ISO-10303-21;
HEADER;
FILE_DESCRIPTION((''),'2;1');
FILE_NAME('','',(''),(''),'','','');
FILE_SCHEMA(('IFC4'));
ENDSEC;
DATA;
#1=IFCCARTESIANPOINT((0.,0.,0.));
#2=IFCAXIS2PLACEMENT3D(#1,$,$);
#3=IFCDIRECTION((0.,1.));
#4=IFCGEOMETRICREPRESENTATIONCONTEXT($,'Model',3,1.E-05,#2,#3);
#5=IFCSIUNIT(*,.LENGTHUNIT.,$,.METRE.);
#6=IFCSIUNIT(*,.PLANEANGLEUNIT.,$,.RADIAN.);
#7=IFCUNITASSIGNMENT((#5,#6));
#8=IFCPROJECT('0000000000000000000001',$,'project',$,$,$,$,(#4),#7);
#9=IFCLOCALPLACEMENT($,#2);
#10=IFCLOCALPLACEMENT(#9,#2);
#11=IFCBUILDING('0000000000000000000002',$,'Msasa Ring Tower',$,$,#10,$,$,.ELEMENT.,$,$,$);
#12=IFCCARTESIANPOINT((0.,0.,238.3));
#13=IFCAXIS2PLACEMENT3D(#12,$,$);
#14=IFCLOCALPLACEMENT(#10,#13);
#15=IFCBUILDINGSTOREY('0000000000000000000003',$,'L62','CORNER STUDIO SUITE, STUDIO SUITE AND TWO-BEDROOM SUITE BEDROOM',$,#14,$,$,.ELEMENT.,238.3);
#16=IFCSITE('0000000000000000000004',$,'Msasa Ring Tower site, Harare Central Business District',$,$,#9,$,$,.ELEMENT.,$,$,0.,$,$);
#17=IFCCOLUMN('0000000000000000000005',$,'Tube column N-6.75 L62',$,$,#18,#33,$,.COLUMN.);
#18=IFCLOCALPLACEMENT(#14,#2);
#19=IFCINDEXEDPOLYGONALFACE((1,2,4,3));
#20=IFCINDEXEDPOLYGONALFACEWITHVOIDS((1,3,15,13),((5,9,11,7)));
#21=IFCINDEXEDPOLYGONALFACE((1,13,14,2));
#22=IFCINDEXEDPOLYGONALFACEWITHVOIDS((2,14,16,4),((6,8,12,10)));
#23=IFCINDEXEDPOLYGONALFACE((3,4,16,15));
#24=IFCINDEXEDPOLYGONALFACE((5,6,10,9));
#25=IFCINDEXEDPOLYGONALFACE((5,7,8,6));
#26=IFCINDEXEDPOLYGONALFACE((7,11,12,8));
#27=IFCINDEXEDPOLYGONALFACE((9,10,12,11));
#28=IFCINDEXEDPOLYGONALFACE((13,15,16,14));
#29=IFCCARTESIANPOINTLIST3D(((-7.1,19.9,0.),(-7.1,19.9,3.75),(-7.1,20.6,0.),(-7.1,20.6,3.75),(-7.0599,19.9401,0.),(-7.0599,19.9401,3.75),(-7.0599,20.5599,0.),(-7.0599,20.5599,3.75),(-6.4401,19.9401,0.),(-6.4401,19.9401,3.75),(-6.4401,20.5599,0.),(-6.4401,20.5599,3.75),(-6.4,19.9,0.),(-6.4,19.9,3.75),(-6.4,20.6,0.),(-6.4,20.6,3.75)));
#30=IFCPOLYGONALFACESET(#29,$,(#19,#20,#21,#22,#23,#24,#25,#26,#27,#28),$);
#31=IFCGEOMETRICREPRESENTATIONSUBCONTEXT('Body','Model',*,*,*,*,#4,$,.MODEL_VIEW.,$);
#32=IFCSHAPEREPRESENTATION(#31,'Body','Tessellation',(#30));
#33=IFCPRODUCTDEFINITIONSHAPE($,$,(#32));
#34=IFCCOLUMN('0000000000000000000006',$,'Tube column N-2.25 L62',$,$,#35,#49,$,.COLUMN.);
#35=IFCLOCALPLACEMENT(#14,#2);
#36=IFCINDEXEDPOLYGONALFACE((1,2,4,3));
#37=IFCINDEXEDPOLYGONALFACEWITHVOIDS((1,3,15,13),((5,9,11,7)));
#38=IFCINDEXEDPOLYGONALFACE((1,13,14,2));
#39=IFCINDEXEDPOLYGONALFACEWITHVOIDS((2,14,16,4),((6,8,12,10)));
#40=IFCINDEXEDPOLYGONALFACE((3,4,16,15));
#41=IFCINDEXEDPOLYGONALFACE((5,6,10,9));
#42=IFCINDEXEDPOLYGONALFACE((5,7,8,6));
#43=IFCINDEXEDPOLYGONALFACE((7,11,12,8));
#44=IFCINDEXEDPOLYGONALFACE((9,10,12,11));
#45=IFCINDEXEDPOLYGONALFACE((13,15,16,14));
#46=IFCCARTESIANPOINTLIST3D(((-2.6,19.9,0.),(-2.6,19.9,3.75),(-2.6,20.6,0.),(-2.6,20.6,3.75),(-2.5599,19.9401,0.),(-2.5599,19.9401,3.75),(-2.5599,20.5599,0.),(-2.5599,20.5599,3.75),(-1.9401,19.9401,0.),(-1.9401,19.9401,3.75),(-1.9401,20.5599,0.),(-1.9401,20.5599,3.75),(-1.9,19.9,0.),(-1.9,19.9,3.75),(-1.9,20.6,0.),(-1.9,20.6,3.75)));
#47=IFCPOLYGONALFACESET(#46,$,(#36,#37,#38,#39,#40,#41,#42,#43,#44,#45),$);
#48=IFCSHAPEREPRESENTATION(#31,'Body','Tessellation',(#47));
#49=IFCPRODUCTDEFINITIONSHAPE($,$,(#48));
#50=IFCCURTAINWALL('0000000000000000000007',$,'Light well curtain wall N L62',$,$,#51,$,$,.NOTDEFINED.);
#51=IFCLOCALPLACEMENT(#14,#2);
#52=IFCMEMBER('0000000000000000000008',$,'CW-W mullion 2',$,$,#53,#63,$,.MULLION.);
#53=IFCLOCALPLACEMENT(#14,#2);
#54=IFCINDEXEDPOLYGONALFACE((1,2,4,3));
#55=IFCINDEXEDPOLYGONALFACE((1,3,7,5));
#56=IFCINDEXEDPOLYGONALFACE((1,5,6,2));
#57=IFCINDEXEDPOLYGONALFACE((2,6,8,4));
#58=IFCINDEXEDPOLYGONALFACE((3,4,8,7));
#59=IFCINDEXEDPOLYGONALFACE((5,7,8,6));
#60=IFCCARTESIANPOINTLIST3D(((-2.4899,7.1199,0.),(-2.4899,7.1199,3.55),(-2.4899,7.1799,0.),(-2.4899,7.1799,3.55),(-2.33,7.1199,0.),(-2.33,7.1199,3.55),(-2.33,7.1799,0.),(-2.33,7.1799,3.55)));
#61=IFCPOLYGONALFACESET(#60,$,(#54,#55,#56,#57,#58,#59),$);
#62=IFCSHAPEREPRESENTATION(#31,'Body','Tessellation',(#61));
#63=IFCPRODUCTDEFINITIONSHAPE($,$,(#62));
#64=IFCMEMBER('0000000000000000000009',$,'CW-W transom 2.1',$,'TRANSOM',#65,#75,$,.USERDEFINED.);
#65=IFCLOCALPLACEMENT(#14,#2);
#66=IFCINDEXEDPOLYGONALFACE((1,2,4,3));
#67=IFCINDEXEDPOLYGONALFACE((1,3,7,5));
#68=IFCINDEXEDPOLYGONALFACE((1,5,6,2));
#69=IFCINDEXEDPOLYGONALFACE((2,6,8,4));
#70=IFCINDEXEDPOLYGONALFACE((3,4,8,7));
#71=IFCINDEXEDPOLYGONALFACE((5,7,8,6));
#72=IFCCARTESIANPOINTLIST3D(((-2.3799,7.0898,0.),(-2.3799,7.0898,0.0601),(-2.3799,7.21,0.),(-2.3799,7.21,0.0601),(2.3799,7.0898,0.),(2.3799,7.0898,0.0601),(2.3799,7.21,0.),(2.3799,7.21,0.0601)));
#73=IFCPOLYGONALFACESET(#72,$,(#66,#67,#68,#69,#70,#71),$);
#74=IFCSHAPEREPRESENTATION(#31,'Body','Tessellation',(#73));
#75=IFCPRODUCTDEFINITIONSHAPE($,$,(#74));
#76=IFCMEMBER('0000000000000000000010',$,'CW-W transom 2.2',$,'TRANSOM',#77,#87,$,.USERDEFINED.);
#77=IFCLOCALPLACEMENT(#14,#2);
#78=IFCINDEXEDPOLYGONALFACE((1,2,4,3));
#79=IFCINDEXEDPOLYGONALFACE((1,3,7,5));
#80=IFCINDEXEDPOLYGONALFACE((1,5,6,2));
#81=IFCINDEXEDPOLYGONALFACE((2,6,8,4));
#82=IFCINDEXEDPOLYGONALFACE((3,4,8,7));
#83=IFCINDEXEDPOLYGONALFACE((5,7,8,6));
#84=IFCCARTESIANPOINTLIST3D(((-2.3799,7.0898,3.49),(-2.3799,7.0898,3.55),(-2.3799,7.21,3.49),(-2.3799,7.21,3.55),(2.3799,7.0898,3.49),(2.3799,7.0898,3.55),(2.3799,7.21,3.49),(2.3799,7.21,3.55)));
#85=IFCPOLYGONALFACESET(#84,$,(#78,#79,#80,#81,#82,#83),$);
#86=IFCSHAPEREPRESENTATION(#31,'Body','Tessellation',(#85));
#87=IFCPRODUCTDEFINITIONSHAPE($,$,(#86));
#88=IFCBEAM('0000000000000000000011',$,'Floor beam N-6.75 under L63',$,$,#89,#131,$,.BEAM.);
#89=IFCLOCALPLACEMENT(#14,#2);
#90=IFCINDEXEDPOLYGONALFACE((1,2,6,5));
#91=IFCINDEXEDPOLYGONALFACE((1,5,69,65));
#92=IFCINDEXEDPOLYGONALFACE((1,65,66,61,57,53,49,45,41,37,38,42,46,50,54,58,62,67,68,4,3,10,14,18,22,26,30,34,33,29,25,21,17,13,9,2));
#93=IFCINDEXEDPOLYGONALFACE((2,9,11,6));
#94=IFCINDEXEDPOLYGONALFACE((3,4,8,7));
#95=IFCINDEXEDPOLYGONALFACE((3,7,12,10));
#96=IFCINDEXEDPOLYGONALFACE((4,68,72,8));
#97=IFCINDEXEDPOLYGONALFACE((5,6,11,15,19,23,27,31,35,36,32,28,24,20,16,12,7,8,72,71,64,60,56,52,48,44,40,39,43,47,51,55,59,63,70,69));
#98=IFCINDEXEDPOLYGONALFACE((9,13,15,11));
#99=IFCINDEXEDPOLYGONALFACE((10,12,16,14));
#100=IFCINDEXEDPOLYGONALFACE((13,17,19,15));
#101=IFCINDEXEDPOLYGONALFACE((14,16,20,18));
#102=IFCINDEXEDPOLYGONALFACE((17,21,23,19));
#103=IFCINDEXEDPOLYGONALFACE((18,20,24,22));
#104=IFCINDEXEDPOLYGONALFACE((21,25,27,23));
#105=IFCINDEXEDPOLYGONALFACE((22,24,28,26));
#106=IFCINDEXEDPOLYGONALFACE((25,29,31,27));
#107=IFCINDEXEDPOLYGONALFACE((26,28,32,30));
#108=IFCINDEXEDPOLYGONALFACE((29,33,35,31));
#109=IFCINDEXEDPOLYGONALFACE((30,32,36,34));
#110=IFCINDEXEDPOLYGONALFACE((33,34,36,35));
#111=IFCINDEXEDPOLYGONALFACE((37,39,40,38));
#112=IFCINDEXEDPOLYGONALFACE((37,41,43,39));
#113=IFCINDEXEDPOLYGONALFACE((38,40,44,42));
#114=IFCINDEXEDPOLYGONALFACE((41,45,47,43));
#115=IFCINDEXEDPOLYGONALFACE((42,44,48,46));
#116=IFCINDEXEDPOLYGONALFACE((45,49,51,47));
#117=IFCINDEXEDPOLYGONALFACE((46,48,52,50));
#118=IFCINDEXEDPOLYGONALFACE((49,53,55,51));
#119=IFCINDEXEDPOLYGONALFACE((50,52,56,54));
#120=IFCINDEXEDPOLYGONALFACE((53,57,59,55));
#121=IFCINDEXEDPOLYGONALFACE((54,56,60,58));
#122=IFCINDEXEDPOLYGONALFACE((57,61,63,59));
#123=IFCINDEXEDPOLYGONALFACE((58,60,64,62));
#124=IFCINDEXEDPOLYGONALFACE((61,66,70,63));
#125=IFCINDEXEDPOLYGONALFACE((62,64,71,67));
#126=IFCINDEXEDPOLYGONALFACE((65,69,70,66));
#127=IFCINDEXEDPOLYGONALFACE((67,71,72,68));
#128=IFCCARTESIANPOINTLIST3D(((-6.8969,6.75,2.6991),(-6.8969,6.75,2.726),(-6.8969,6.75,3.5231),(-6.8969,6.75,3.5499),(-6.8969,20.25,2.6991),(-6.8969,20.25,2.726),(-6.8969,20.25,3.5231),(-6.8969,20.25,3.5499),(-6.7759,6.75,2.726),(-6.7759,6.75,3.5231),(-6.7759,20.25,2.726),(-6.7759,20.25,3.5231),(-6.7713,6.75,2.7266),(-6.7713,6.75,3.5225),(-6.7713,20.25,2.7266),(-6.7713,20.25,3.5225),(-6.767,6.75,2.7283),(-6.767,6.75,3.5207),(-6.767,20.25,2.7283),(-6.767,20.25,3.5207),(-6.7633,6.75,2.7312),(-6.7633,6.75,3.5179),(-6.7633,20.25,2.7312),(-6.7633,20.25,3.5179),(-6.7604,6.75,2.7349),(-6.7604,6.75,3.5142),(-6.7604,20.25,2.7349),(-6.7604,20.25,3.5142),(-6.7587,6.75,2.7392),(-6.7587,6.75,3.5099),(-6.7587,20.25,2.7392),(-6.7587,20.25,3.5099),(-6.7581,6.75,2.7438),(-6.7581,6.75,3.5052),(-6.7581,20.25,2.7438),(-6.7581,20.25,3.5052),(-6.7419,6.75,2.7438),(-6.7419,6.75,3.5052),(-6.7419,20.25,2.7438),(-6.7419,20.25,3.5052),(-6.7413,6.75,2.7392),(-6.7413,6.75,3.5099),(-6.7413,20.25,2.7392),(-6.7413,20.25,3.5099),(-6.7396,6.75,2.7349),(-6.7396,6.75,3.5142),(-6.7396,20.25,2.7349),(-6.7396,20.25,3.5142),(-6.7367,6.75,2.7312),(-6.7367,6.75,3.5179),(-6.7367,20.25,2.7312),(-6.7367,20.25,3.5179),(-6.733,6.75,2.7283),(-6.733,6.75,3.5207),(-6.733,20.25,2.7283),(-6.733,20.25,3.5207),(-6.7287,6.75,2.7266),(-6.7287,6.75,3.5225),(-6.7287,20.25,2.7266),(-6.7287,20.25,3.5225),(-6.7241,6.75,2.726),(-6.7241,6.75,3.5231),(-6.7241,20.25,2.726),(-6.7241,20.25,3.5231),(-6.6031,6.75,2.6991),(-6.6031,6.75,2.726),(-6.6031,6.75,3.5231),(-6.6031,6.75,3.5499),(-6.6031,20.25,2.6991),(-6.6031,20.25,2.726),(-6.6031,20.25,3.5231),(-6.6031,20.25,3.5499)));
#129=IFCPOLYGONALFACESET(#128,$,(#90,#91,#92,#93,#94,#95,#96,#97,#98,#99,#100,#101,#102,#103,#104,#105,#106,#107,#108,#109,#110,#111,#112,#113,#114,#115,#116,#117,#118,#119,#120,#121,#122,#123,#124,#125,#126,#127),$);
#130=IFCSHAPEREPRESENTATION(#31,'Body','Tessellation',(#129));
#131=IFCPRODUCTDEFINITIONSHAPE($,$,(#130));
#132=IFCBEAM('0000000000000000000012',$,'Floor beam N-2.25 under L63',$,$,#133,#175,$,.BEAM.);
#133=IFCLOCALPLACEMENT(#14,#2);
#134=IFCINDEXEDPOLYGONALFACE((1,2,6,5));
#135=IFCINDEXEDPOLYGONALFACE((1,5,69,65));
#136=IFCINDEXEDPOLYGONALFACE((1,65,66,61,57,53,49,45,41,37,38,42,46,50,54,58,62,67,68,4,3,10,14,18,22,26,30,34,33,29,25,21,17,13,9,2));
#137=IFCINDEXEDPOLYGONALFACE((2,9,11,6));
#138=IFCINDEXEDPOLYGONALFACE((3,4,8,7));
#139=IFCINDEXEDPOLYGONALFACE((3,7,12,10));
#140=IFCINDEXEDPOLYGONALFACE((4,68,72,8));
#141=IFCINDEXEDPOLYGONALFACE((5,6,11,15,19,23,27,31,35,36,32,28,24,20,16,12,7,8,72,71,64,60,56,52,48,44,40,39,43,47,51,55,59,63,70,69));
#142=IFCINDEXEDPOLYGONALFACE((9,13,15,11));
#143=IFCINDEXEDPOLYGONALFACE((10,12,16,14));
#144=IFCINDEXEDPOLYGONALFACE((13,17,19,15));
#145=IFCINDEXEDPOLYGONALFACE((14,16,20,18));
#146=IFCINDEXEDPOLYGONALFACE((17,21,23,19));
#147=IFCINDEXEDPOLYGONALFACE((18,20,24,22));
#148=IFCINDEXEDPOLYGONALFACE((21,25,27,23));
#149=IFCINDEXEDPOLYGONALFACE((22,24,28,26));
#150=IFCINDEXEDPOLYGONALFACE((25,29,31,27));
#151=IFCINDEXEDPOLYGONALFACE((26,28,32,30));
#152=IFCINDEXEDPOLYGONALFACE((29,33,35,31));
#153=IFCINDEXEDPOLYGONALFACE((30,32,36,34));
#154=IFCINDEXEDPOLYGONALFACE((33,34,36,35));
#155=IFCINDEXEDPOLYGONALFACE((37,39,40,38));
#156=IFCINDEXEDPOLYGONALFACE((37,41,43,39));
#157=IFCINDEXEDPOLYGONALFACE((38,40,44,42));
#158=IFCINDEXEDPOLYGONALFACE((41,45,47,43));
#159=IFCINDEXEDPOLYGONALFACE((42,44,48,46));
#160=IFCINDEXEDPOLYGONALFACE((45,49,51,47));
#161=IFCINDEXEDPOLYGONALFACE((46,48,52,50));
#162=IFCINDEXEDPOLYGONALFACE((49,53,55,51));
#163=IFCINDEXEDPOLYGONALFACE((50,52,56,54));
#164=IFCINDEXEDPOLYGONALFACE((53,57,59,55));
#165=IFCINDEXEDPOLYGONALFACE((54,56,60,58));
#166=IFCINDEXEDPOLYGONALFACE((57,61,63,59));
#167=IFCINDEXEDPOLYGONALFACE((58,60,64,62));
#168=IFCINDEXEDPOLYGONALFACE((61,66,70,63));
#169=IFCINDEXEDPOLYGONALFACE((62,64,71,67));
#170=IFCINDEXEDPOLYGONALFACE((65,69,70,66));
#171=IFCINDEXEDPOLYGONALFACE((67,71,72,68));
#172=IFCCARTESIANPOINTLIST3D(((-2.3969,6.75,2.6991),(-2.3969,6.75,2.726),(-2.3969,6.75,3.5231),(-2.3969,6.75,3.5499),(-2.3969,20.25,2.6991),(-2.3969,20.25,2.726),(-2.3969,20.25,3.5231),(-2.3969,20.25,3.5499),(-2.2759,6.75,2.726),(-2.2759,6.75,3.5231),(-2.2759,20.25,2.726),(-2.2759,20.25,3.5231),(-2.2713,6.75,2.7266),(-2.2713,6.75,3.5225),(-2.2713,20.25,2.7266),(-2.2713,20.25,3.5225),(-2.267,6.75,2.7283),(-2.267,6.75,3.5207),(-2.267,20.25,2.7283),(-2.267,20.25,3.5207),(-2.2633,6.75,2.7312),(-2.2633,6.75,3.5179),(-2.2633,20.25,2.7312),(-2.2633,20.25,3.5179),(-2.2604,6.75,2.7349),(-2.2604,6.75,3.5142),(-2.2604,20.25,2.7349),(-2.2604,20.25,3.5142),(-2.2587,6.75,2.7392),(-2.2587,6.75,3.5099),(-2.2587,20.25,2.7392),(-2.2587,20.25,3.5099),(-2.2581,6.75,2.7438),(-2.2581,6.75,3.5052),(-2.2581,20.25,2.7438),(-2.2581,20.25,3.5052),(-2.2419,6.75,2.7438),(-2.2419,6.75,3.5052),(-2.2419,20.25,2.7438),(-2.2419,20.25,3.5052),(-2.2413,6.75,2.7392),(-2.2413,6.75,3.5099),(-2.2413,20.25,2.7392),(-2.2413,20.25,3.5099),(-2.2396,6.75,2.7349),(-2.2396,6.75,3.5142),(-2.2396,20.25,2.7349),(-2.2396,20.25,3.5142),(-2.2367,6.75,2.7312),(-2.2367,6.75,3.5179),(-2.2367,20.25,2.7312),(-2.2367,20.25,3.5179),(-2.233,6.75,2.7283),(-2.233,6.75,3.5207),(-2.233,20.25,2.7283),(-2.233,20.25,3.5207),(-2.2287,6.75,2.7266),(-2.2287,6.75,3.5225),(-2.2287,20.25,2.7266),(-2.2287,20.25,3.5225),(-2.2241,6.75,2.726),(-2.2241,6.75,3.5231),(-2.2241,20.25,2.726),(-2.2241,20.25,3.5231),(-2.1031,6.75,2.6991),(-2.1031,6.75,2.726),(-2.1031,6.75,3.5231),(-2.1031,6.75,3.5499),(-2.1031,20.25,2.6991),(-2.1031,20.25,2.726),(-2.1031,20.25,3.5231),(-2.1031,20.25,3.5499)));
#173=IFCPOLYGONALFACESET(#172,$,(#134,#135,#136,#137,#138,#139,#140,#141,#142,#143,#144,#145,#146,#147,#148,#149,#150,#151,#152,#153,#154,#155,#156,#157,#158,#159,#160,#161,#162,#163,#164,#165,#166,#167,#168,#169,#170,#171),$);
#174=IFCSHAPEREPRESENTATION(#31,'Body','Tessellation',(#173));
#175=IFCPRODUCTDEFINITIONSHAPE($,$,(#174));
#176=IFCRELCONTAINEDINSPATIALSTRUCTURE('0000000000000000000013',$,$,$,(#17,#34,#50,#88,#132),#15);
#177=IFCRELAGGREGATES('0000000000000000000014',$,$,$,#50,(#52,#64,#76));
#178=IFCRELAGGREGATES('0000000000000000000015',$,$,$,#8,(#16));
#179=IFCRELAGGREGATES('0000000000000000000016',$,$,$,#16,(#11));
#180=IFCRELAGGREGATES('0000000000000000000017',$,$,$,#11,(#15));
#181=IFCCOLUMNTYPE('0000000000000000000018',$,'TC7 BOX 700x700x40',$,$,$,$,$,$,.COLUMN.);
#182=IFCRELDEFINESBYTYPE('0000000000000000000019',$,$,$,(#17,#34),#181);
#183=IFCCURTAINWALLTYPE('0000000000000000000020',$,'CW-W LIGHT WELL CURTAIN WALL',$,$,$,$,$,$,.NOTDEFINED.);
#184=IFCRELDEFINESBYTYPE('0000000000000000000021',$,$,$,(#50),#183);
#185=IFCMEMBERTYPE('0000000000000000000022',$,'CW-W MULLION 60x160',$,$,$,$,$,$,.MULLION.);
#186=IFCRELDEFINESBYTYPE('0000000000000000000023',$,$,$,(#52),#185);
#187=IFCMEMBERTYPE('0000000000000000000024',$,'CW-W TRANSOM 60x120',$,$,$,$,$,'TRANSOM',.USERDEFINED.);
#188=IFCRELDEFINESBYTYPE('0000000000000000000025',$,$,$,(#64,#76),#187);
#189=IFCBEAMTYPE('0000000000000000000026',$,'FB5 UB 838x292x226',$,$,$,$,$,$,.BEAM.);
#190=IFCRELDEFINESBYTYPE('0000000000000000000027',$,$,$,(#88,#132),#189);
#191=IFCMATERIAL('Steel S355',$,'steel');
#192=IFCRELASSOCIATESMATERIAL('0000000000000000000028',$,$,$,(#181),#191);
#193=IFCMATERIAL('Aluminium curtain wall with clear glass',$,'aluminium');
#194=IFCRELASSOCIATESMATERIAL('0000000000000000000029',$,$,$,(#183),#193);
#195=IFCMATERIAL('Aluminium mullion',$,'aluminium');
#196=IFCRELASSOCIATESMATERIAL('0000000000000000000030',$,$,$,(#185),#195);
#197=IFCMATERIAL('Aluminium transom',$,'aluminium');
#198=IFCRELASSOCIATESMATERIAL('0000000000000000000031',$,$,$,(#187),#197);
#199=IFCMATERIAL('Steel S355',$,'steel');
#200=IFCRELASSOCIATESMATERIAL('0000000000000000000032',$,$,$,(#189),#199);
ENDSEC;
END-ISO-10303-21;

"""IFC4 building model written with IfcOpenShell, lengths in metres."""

from ifc_helpers import new_model, si_unit, direction, frame, origin, origin_2d, place, context, subcontext, project, spatial, rectangle, hollow_rectangle, i_section, extrude, material, material_profile, profile_set, type_object, element, aggregate, save


model = new_model("IFC4")

# Units and contexts
model_context = context("Model", 3, precision=1e-05, world=origin(), true_north=direction((0.0, 1.0)))
body_context = subcontext(model_context, "Body", "Model", "MODEL_VIEW")
ifc_project = project(units=[si_unit("LENGTHUNIT", "METRE"), si_unit("PLANEANGLEUNIT", "RADIAN")], contexts=[model_context])

# Site, building, storey
site_placement = place(None, origin())
site = spatial("IfcSite", under=ifc_project, at=site_placement, Name="Msasa Ring Tower site, Harare Central Business District", CompositionType="ELEMENT", RefElevation=0.0)
building_placement = place(site_placement, origin())
building = spatial("IfcBuilding", under=site, at=building_placement, Name="Msasa Ring Tower", CompositionType="ELEMENT")
storey_placement = place(building_placement, frame((0.0, 0.0, 238.3)))
storey = spatial("IfcBuildingStorey", under=building, at=storey_placement, Name="L62", Description="CORNER STUDIO SUITE, STUDIO SUITE AND TWO-BEDROOM SUITE BEDROOM", CompositionType="ELEMENT", Elevation=238.3)

# Columns
ifc_material_1 = material(Name="Steel S355", Category="steel")
ifc_material_profile_1 = material_profile(ifc_material_1, hollow_rectangle(XDim=0.7, YDim=0.7, WallThickness=0.04, at=origin_2d()), Name="BOX 700x700x40")
ifc_profile_set_1 = profile_set([ifc_material_profile_1], Name="Steel S355")
column_type = type_object("IfcColumnType", Name="TC7 BOX 700x700x40", PredefinedType="COLUMN", material=ifc_profile_set_1)
for number, where, z_axis, x_axis, name in (
    (1, (-6.75, 20.25, 0.0), (0.0, 0.0, 1.0), (0.0, 1.0, 0.0), "Tube column N-6.75 L62"),
    (2, (-2.25, 20.25, 0.0), (0.0, 0.0, 1.0), (0.0, 1.0, 0.0), "Tube column N-2.25 L62"),
):
    element("IfcColumn", number, at=place(storey_placement, frame(where, z_axis=z_axis, x_axis=x_axis)), inside=storey, type_object=column_type, Name=name, PredefinedType="COLUMN", context=body_context, shape_type="SweptSolid", body=[
        extrude(hollow_rectangle(XDim=0.7, YDim=0.7, WallThickness=0.04, at=origin_2d()), origin(), (0.0, 0.0, 1.0), 3.75),
    ])

# Curtain wall, members
ifc_material_2 = material(Name="Aluminium curtain wall with clear glass", Category="aluminium")
curtain_wall_type = type_object("IfcCurtainWallType", Name="CW-W LIGHT WELL CURTAIN WALL", PredefinedType="NOTDEFINED", material=ifc_material_2)
curtain_wall_placement = place(storey_placement, origin())
curtain_wall = element("IfcCurtainWall", 3, at=curtain_wall_placement, inside=storey, type_object=curtain_wall_type, Name="Light well curtain wall N L62", PredefinedType="NOTDEFINED")
ifc_material_3 = material(Name="Aluminium mullion", Category="aluminium")
ifc_material_profile_2 = material_profile(ifc_material_3, rectangle(XDim=0.0601, YDim=0.1599, at=origin_2d()), Name="AL 60x160")
ifc_profile_set_2 = profile_set([ifc_material_profile_2], Name="Aluminium mullion")
member_type_1 = type_object("IfcMemberType", Name="CW-W MULLION 60x160", PredefinedType="MULLION", material=ifc_profile_set_2)
member_1_placement = place(storey_placement, frame((-2.4099, 7.1499, 0.0), z_axis=(0.0, 0.0, 1.0), x_axis=(0.0, 1.0, 0.0)))
member_1 = element("IfcMember", 4, at=member_1_placement, type_object=member_type_1, Name="CW-W mullion 2", PredefinedType="MULLION", context=body_context, shape_type="SweptSolid", body=[
    extrude(rectangle(XDim=0.0601, YDim=0.1599, at=origin_2d()), origin(), (0.0, 0.0, 1.0), 3.55),
])
ifc_material_4 = material(Name="Aluminium transom", Category="aluminium")
ifc_material_profile_3 = material_profile(ifc_material_4, rectangle(XDim=0.1201, YDim=0.0601, at=origin_2d()), Name="AL 60x120")
ifc_profile_set_3 = profile_set([ifc_material_profile_3], Name="Aluminium transom")
member_type_2 = type_object("IfcMemberType", Name="CW-W TRANSOM 60x120", ElementType="TRANSOM", PredefinedType="USERDEFINED", material=ifc_profile_set_3)
member_2_placement = place(storey_placement, frame((-2.3799, 7.1499, 0.03), z_axis=(1.0, 0.0, 0.0), x_axis=(0.0, 1.0, 0.0)))
member_2 = element("IfcMember", 5, at=member_2_placement, type_object=member_type_2, Name="CW-W transom 2.1", ObjectType="TRANSOM", PredefinedType="USERDEFINED", context=body_context, shape_type="SweptSolid", body=[
    extrude(rectangle(XDim=0.1201, YDim=0.0601, at=origin_2d()), origin(), (0.0, 0.0, 1.0), 4.7598),
])
member_3_placement = place(storey_placement, frame((-2.3799, 7.1499, 3.52), z_axis=(1.0, 0.0, 0.0), x_axis=(0.0, 1.0, 0.0)))
member_3 = element("IfcMember", 6, at=member_3_placement, type_object=member_type_2, Name="CW-W transom 2.2", ObjectType="TRANSOM", PredefinedType="USERDEFINED", context=body_context, shape_type="SweptSolid", body=[
    extrude(rectangle(XDim=0.1201, YDim=0.0601, at=origin_2d()), origin(), (0.0, 0.0, 1.0), 4.7598),
])

# Beams
ifc_material_5 = material(Name="Steel S355", Category="steel")
ifc_material_profile_4 = material_profile(ifc_material_5, i_section(OverallWidth=0.2937, OverallDepth=0.8508, WebThickness=0.0161, FlangeThickness=0.0269, FilletRadius=0.0178, at=origin_2d()), Name="UB 838x292x226")
ifc_profile_set_4 = profile_set([ifc_material_profile_4], Name="Steel S355")
beam_type_1 = type_object("IfcBeamType", Name="FB5 UB 838x292x226", PredefinedType="BEAM", material=ifc_profile_set_4)
for number, where, z_axis, x_axis, name in (
    (7, (-6.75, 20.25, 3.1245), (0.0, -1.0, 0.0), (1.0, 0.0, 0.0), "Floor beam N-6.75 under L63"),
    (8, (-2.25, 20.25, 3.1245), (0.0, -1.0, 0.0), (1.0, 0.0, 0.0), "Floor beam N-2.25 under L63"),
):
    element("IfcBeam", number, at=place(storey_placement, frame(where, z_axis=z_axis, x_axis=x_axis)), inside=storey, type_object=beam_type_1, Name=name, PredefinedType="BEAM", context=body_context, shape_type="SweptSolid", body=[
        extrude(i_section(OverallWidth=0.2937, OverallDepth=0.8508, WebThickness=0.0161, FlangeThickness=0.0269, FilletRadius=0.0178, at=origin_2d()), origin(), (0.0, 0.0, 1.0), 13.5),
    ])

aggregate(curtain_wall, [member_1, member_2, member_3])

save(model, "model.ifc")
